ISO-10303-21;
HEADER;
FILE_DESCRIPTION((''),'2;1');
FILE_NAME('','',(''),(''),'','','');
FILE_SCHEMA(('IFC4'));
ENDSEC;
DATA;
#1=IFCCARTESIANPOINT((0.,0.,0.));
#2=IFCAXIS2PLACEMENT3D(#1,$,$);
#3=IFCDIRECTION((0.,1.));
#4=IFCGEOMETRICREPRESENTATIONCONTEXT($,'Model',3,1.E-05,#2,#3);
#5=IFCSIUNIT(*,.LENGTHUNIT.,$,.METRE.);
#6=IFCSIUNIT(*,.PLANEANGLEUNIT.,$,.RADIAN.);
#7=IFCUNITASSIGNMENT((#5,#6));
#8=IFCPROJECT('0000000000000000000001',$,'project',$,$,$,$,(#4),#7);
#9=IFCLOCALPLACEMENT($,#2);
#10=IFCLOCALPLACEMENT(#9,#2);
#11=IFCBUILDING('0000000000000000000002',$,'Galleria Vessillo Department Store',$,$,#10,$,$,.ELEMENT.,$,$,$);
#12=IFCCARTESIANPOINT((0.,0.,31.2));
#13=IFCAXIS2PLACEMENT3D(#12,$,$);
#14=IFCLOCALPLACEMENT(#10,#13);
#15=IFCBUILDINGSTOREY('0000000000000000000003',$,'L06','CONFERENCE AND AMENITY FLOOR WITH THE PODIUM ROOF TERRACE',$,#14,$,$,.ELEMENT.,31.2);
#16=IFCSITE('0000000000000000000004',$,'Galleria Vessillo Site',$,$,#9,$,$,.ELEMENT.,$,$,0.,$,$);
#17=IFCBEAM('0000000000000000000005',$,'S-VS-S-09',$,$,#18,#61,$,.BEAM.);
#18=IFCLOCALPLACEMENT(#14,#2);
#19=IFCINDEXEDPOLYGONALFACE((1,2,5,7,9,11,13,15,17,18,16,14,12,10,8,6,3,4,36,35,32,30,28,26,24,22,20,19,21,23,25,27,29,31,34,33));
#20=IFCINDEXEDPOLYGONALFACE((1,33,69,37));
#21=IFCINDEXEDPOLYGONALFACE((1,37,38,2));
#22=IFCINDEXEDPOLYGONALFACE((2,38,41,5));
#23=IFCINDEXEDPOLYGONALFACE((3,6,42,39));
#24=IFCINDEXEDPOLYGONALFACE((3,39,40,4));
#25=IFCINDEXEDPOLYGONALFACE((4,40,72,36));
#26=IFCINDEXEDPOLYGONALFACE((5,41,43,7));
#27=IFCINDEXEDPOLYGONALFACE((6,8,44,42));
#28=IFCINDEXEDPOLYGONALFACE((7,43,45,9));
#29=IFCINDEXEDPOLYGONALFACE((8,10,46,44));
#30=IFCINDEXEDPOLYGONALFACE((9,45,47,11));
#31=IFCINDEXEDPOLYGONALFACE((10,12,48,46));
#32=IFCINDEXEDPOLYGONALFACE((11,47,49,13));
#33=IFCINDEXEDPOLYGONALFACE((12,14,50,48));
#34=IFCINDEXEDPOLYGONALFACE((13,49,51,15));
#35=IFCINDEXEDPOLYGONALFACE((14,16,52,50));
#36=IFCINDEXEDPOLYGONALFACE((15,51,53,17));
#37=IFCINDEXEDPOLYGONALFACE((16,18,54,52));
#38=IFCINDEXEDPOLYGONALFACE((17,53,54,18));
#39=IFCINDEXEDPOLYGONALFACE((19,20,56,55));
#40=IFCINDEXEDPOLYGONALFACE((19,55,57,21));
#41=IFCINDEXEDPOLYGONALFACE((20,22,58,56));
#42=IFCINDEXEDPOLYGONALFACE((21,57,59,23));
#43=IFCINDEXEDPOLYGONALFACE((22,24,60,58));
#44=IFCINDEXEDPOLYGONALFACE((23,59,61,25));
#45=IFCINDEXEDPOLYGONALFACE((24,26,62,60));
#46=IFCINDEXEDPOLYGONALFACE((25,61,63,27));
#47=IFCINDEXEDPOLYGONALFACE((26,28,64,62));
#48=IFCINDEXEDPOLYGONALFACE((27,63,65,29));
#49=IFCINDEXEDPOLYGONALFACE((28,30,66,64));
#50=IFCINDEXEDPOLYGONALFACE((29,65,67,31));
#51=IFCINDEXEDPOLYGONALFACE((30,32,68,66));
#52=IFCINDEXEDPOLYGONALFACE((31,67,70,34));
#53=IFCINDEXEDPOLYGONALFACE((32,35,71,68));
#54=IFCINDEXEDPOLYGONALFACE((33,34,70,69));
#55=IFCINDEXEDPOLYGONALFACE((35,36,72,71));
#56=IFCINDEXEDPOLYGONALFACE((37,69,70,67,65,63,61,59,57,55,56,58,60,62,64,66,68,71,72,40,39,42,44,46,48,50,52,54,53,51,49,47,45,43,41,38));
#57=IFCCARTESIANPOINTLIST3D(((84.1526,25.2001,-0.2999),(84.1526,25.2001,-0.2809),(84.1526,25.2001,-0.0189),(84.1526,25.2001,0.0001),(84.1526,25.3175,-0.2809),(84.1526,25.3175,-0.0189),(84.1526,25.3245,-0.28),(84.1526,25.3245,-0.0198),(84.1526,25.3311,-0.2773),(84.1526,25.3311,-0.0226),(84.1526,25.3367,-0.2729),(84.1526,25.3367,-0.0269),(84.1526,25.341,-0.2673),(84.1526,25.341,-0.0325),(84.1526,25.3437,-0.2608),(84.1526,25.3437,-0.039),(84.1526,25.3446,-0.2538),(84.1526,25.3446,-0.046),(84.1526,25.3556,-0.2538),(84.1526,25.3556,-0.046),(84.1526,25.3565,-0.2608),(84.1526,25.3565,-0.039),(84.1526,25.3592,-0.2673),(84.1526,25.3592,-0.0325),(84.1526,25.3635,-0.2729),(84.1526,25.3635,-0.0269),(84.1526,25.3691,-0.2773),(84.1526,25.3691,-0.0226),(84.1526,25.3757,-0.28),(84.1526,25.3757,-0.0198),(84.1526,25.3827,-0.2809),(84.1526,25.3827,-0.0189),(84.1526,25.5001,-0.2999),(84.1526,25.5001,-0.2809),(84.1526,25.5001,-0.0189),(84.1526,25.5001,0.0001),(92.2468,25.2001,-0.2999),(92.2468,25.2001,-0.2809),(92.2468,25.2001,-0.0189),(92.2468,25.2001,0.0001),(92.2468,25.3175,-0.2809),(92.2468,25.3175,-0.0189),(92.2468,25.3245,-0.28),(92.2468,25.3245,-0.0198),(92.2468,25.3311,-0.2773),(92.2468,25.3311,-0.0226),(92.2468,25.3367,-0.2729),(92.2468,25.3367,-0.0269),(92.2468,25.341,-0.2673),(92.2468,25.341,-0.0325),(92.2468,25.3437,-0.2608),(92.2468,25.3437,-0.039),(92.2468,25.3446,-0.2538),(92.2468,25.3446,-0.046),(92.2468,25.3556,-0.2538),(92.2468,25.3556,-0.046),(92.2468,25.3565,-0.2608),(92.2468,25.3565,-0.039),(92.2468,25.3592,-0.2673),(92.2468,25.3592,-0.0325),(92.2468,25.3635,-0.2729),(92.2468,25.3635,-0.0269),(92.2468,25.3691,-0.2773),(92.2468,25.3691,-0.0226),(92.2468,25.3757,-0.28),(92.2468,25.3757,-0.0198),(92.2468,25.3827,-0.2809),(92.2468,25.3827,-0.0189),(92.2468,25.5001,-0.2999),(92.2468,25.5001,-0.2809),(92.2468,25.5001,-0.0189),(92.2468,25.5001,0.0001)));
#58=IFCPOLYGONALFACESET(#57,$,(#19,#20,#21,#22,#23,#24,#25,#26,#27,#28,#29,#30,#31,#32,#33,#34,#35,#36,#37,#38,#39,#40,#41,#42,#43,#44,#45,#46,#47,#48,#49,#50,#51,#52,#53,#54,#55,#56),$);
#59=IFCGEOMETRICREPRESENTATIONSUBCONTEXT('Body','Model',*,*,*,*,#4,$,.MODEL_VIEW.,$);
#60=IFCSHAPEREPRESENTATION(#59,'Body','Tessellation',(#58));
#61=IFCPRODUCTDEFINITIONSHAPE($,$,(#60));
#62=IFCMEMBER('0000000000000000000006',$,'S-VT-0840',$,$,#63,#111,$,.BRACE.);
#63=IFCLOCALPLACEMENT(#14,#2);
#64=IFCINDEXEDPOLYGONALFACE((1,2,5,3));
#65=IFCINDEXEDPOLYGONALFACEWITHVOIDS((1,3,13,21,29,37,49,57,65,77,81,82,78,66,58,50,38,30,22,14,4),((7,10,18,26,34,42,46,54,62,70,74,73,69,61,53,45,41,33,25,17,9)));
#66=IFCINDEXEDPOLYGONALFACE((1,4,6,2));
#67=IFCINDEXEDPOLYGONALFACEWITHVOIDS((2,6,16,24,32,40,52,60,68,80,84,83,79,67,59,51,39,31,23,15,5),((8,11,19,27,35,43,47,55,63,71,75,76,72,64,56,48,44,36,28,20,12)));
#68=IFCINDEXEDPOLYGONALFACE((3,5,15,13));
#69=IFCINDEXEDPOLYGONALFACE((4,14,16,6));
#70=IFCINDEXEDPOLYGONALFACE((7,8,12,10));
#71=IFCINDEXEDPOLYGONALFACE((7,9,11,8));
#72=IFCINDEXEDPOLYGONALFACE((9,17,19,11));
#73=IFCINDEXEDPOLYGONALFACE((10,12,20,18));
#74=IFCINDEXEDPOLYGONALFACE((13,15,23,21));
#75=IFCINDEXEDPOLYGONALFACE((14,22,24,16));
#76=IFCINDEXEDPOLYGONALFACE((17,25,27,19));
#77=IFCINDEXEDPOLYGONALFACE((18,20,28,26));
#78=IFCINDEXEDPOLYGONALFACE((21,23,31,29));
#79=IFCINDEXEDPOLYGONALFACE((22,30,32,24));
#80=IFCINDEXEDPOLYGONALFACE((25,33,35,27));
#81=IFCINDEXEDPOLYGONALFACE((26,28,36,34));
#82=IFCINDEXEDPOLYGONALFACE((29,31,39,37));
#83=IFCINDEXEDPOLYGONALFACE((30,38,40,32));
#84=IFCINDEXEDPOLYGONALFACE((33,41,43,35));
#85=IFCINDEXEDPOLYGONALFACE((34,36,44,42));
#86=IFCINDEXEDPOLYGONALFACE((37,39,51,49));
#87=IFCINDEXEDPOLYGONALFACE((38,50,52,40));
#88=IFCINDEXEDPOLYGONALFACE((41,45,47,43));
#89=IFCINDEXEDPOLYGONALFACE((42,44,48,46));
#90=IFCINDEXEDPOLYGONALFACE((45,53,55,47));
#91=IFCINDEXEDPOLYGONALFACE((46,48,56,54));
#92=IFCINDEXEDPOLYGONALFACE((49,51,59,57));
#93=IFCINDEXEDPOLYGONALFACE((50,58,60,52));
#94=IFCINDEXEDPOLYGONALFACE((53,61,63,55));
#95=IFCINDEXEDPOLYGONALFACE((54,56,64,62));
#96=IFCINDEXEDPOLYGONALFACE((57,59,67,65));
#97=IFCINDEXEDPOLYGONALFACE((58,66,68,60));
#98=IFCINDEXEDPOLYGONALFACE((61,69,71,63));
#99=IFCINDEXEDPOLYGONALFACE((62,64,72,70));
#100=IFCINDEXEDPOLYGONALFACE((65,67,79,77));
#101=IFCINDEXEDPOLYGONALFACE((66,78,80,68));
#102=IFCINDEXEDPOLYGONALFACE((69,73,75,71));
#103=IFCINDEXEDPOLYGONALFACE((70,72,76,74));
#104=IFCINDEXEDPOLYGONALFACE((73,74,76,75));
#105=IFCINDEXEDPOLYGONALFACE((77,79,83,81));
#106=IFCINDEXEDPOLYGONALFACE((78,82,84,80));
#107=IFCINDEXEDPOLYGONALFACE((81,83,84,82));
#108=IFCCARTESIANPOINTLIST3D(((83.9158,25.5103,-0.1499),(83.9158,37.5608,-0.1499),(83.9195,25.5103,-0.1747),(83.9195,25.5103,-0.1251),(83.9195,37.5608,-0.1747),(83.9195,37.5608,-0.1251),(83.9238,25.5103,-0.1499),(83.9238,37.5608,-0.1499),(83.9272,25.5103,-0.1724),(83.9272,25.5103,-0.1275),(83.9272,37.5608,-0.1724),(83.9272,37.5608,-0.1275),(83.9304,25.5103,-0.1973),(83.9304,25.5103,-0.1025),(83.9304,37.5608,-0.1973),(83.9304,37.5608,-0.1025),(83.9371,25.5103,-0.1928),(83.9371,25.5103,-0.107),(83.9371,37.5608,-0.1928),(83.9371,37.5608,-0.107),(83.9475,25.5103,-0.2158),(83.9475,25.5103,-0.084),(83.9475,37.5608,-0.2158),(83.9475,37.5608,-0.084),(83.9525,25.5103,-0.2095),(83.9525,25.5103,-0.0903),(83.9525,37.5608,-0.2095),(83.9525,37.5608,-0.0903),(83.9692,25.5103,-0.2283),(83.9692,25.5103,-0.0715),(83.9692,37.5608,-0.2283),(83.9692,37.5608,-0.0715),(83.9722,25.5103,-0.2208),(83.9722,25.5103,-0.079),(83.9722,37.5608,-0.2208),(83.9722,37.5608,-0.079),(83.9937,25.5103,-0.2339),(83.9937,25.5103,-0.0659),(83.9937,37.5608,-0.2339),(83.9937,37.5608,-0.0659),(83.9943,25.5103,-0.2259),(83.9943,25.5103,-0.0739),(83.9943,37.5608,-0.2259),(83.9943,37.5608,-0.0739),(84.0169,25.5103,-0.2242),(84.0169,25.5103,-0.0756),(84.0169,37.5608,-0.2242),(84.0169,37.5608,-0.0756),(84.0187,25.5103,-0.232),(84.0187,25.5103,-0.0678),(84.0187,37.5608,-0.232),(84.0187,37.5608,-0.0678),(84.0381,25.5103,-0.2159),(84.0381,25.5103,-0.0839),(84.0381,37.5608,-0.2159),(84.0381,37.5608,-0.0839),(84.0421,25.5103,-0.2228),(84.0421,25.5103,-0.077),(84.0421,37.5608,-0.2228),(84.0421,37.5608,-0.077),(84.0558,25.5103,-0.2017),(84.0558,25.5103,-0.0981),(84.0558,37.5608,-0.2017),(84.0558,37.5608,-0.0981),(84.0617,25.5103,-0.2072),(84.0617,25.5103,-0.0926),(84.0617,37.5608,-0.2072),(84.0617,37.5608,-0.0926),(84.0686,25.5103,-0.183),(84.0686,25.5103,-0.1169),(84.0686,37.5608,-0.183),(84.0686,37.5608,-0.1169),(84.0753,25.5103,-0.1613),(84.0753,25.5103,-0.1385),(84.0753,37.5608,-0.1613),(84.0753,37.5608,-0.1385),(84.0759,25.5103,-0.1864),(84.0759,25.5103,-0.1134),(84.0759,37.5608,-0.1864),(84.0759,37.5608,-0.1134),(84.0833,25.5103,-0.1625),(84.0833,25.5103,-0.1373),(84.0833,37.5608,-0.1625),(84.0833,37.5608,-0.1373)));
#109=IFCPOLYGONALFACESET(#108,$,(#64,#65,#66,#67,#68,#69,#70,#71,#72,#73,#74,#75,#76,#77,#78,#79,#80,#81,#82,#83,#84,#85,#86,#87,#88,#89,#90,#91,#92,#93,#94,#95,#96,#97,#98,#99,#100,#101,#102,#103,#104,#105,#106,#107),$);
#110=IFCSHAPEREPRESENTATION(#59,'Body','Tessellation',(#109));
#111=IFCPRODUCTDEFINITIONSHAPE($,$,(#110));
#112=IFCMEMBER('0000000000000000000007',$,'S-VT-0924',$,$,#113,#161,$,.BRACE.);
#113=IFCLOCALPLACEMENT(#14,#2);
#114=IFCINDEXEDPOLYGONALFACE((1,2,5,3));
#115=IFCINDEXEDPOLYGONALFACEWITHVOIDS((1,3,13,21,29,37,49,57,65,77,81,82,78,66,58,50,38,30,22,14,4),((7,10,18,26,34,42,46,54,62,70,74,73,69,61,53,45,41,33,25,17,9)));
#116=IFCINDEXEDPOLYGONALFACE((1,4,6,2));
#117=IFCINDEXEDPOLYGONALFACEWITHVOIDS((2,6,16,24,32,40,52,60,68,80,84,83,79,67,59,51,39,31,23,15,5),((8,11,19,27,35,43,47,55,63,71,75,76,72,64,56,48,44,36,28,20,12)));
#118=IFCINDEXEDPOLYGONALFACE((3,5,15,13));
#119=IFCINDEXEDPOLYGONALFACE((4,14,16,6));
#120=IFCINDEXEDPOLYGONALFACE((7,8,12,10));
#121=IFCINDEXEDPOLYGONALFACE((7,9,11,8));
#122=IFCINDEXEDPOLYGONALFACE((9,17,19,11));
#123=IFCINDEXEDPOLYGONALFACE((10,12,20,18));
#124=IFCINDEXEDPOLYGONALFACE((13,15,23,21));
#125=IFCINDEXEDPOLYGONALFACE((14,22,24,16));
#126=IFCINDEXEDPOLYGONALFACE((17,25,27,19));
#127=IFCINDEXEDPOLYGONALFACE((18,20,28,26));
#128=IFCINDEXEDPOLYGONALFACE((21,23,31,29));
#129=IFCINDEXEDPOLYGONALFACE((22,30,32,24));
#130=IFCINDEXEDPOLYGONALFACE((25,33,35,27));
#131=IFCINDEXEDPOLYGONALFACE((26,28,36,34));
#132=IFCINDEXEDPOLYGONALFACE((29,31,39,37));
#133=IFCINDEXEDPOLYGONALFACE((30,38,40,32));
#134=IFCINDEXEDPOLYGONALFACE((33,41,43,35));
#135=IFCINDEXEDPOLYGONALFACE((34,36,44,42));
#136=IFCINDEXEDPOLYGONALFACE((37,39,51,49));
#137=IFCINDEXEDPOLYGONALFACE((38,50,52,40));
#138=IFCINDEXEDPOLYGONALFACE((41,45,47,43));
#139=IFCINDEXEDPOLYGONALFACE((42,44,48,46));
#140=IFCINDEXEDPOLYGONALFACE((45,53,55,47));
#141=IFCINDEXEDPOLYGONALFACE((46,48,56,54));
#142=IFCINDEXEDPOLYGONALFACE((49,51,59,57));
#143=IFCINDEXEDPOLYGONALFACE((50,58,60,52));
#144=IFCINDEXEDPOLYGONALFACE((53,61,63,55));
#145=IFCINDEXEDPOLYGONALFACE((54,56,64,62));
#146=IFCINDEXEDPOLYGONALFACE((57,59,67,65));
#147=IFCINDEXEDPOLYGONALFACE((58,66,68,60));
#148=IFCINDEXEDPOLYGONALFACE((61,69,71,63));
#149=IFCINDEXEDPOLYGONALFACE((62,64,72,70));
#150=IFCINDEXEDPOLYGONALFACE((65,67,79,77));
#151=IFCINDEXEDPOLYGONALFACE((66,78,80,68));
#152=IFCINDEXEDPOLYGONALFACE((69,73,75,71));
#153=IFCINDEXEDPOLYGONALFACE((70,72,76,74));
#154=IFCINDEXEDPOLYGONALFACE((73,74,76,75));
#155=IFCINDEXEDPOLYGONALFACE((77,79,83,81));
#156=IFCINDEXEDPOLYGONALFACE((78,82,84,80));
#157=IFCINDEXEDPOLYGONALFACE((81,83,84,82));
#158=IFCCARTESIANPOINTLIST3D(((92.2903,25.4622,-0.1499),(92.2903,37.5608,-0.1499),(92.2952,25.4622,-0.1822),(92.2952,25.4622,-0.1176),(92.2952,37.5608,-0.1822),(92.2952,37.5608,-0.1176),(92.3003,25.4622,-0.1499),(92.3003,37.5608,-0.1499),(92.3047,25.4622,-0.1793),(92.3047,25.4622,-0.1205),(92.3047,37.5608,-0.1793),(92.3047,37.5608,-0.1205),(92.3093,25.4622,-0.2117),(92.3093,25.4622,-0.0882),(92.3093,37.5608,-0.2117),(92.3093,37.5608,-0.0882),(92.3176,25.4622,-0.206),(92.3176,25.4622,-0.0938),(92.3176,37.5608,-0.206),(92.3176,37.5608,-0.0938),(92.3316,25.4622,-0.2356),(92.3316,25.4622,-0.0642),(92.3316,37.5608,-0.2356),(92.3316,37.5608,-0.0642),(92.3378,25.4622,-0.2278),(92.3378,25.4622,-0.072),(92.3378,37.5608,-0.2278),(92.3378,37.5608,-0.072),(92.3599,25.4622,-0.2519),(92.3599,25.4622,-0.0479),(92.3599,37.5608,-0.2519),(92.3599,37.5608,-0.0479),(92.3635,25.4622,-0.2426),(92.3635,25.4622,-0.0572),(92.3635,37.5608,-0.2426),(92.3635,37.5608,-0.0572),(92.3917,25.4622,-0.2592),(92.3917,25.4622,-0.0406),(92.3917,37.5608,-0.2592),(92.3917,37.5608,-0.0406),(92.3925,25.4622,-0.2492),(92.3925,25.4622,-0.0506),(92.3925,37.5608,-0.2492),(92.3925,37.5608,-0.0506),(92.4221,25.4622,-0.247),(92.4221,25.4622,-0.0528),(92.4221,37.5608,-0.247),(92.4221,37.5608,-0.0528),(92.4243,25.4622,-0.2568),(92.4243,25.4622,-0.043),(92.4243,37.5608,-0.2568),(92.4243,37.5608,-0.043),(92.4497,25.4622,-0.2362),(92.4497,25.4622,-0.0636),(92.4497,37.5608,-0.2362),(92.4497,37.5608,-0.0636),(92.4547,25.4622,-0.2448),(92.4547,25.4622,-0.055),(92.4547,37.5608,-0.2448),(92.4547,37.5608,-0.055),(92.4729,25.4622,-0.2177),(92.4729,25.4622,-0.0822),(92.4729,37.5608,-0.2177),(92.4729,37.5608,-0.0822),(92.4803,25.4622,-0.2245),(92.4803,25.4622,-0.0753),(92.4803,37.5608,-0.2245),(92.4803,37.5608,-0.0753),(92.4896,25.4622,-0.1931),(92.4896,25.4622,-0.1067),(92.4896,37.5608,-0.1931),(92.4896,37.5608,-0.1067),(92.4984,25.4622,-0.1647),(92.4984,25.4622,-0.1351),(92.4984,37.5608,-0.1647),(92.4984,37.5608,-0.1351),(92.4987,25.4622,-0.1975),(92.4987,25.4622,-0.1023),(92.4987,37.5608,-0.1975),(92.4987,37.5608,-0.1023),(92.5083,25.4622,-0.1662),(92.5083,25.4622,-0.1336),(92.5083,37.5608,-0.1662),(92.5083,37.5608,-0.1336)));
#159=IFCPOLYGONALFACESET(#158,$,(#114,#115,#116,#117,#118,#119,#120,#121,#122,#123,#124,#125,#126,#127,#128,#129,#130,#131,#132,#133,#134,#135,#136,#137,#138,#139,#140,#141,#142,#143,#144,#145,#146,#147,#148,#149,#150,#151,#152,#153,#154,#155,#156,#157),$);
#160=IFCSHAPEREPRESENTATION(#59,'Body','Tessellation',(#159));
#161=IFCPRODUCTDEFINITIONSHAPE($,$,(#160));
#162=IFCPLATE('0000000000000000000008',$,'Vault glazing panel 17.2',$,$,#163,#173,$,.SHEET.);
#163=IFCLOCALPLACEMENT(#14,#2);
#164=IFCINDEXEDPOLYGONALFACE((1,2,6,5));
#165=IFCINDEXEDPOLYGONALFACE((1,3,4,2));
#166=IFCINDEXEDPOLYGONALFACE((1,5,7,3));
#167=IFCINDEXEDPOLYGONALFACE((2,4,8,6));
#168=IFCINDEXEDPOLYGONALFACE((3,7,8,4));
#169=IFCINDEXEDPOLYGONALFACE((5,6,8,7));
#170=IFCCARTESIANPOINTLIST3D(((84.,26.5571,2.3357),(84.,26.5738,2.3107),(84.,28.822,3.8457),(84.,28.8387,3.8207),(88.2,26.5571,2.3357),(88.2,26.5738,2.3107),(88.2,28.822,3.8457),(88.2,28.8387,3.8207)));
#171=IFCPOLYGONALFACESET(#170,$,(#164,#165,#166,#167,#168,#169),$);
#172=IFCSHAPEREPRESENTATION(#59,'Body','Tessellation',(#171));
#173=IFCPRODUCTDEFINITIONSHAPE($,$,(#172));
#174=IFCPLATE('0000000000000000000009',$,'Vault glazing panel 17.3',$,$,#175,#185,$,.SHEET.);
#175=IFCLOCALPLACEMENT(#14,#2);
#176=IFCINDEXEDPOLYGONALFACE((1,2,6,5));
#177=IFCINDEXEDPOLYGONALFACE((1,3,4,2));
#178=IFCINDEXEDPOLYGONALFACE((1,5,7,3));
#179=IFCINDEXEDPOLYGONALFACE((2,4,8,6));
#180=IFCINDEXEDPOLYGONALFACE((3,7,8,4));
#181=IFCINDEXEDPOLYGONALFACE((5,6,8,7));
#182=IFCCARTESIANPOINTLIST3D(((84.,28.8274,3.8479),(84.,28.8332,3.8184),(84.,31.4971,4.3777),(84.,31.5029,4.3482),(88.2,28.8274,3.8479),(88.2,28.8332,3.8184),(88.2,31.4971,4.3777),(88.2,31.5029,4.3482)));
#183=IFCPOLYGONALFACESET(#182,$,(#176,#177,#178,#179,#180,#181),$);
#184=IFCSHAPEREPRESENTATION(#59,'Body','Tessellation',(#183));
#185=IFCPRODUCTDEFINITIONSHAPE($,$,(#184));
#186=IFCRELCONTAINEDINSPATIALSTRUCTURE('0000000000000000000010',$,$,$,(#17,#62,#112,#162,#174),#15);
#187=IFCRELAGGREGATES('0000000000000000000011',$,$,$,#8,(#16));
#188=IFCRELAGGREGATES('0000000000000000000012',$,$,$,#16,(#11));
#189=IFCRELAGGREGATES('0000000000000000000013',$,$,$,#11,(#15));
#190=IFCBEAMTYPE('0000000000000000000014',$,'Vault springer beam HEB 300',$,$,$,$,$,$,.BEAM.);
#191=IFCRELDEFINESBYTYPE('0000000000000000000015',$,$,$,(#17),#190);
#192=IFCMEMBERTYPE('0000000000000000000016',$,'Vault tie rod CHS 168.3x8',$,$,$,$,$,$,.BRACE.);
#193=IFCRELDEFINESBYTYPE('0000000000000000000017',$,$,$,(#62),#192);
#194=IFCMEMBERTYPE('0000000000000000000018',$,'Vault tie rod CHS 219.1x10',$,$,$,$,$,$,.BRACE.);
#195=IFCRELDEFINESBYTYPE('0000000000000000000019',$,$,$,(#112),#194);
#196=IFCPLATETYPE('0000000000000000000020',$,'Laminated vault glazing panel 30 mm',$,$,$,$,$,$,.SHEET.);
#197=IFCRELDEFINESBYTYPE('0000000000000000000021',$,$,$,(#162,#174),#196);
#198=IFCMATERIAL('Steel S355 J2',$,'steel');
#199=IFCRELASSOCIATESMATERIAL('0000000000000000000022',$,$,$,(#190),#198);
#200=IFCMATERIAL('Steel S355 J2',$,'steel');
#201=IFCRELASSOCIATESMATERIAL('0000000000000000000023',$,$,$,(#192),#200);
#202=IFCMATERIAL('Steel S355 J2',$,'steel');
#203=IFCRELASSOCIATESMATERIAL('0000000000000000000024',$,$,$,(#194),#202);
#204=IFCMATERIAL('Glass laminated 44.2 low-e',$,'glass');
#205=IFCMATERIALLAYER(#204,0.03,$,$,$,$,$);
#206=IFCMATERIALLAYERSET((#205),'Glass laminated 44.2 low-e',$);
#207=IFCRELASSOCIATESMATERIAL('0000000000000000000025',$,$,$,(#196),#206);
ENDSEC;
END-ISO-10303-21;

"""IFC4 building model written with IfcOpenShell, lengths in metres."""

from ifc_helpers import new_model, si_unit, direction, frame, origin, origin_2d, place, context, subcontext, project, spatial, polyline, hollow_circle, i_section, outline, extrude, material, layer, layer_set, material_profile, profile_set, type_object, element, save


model = new_model("IFC4")

# Units and contexts
model_context = context("Model", 3, precision=1e-05, world=origin(), true_north=direction((0.0, 1.0)))
body_context = subcontext(model_context, "Body", "Model", "MODEL_VIEW")
ifc_project = project(units=[si_unit("LENGTHUNIT", "METRE"), si_unit("PLANEANGLEUNIT", "RADIAN")], contexts=[model_context])

# Site, building, storey
site_placement = place(None, origin())
site = spatial("IfcSite", under=ifc_project, at=site_placement, Name="Galleria Vessillo Site", CompositionType="ELEMENT", RefElevation=0.0)
building_placement = place(site_placement, origin())
building = spatial("IfcBuilding", under=site, at=building_placement, Name="Galleria Vessillo Department Store", CompositionType="ELEMENT")
storey_placement = place(building_placement, frame((0.0, 0.0, 31.2)))
storey = spatial("IfcBuildingStorey", under=building, at=storey_placement, Name="L06", Description="CONFERENCE AND AMENITY FLOOR WITH THE PODIUM ROOF TERRACE", CompositionType="ELEMENT", Elevation=31.2)

# Beam
ifc_material_1 = material(Name="Steel S355 J2", Category="steel")
ifc_material_profile_1 = material_profile(ifc_material_1, i_section(OverallWidth=0.3, OverallDepth=0.3, WebThickness=0.011, FlangeThickness=0.019, FilletRadius=0.0271, at=origin_2d()), Name="HEB 300")
ifc_profile_set_1 = profile_set([ifc_material_profile_1], Name="Steel S355 J2")
beam_type_1 = type_object("IfcBeamType", Name="Vault springer beam HEB 300", PredefinedType="BEAM", material=ifc_profile_set_1)
beam_1_placement = place(storey_placement, frame((84.1526, 25.3501, -0.1499), z_axis=(1.0, 0.0, 0.0), x_axis=(0.0, 1.0, 0.0)))
element("IfcBeam", 1, at=beam_1_placement, inside=storey, type_object=beam_type_1, Name="S-VS-S-09", PredefinedType="BEAM", context=body_context, shape_type="SweptSolid", body=[
    extrude(i_section(OverallWidth=0.3, OverallDepth=0.3, WebThickness=0.011, FlangeThickness=0.019, FilletRadius=0.0271, at=origin_2d()), origin(), (0.0, 0.0, 1.0), 8.0942),
])

# Members
ifc_material_2 = material(Name="Steel S355 J2", Category="steel")
ifc_material_profile_2 = material_profile(ifc_material_2, hollow_circle(Radius=0.0842, WallThickness=0.0081, at=origin_2d()), Name="CHS 168.3x8")
ifc_profile_set_2 = profile_set([ifc_material_profile_2], Name="Steel S355 J2")
member_type_1 = type_object("IfcMemberType", Name="Vault tie rod CHS 168.3x8", PredefinedType="BRACE", material=ifc_profile_set_2)
member_1_placement = place(storey_placement, frame((84.0, 25.5103, -0.1499), z_axis=(0.0, 1.0, 0.0), x_axis=(-1.0, 0.0, 0.0)))
element("IfcMember", 2, at=member_1_placement, inside=storey, type_object=member_type_1, Name="S-VT-0840", PredefinedType="BRACE", context=body_context, shape_type="SweptSolid", body=[
    extrude(hollow_circle(Radius=0.0842, WallThickness=0.0081, at=origin_2d()), origin(), (0.0, 0.0, 1.0), 12.0505),
])
ifc_material_3 = material(Name="Steel S355 J2", Category="steel")
ifc_material_profile_3 = material_profile(ifc_material_3, hollow_circle(Radius=0.1096, WallThickness=0.01, at=origin_2d()), Name="CHS 219.1x10")
ifc_profile_set_3 = profile_set([ifc_material_profile_3], Name="Steel S355 J2")
member_type_2 = type_object("IfcMemberType", Name="Vault tie rod CHS 219.1x10", PredefinedType="BRACE", material=ifc_profile_set_3)
member_2_placement = place(storey_placement, frame((92.3999, 25.4622, -0.1499), z_axis=(0.0, 1.0, 0.0), x_axis=(-1.0, 0.0, 0.0)))
element("IfcMember", 3, at=member_2_placement, inside=storey, type_object=member_type_2, Name="S-VT-0924", PredefinedType="BRACE", context=body_context, shape_type="SweptSolid", body=[
    extrude(hollow_circle(Radius=0.1096, WallThickness=0.01, at=origin_2d()), origin(), (0.0, 0.0, 1.0), 12.0986),
])

# Plates
ifc_material_4 = material(Name="Glass laminated 44.2 low-e", Category="glass")
ifc_layer_1 = layer(ifc_material_4, 0.03)
ifc_layer_set_1 = layer_set([ifc_layer_1], Name="Glass laminated 44.2 low-e")
plate_type = type_object("IfcPlateType", Name="Laminated vault glazing panel 30 mm", PredefinedType="SHEET", material=ifc_layer_set_1)
plate_1_placement = place(storey_placement, frame((84.0, 26.5571, 2.3357), z_axis=(0.0, -0.554721, 0.832036), x_axis=(1.0, 0.0, 0.0)))
element("IfcPlate", 4, at=plate_1_placement, inside=storey, type_object=plate_type, Name="Vault glazing panel 17.2", PredefinedType="SHEET", context=body_context, shape_type="SweptSolid", body=[
    extrude(outline(polyline([(0.0, 0.0), (4.2, 0.0), (4.2, 2.7221), (0.0, 2.7221), (0.0, 0.0)])), origin(), (0.0, 0.0, -1.0), 0.03),
])
plate_2_placement = place(storey_placement, frame((84.0, 28.8274, 3.8479), z_axis=(0.0, -0.19465, 0.980873), x_axis=(1.0, 0.0, 0.0)))
element("IfcPlate", 5, at=plate_2_placement, inside=storey, type_object=plate_type, Name="Vault glazing panel 17.3", PredefinedType="SHEET", context=body_context, shape_type="SweptSolid", body=[
    extrude(outline(polyline([(0.0, 0.0), (4.2, 0.0), (4.2, 2.7217), (0.0, 2.7217), (0.0, 0.0)])), origin(), (0.0, 0.0, -1.0), 0.03),
])

save(model, "model.ifc")
